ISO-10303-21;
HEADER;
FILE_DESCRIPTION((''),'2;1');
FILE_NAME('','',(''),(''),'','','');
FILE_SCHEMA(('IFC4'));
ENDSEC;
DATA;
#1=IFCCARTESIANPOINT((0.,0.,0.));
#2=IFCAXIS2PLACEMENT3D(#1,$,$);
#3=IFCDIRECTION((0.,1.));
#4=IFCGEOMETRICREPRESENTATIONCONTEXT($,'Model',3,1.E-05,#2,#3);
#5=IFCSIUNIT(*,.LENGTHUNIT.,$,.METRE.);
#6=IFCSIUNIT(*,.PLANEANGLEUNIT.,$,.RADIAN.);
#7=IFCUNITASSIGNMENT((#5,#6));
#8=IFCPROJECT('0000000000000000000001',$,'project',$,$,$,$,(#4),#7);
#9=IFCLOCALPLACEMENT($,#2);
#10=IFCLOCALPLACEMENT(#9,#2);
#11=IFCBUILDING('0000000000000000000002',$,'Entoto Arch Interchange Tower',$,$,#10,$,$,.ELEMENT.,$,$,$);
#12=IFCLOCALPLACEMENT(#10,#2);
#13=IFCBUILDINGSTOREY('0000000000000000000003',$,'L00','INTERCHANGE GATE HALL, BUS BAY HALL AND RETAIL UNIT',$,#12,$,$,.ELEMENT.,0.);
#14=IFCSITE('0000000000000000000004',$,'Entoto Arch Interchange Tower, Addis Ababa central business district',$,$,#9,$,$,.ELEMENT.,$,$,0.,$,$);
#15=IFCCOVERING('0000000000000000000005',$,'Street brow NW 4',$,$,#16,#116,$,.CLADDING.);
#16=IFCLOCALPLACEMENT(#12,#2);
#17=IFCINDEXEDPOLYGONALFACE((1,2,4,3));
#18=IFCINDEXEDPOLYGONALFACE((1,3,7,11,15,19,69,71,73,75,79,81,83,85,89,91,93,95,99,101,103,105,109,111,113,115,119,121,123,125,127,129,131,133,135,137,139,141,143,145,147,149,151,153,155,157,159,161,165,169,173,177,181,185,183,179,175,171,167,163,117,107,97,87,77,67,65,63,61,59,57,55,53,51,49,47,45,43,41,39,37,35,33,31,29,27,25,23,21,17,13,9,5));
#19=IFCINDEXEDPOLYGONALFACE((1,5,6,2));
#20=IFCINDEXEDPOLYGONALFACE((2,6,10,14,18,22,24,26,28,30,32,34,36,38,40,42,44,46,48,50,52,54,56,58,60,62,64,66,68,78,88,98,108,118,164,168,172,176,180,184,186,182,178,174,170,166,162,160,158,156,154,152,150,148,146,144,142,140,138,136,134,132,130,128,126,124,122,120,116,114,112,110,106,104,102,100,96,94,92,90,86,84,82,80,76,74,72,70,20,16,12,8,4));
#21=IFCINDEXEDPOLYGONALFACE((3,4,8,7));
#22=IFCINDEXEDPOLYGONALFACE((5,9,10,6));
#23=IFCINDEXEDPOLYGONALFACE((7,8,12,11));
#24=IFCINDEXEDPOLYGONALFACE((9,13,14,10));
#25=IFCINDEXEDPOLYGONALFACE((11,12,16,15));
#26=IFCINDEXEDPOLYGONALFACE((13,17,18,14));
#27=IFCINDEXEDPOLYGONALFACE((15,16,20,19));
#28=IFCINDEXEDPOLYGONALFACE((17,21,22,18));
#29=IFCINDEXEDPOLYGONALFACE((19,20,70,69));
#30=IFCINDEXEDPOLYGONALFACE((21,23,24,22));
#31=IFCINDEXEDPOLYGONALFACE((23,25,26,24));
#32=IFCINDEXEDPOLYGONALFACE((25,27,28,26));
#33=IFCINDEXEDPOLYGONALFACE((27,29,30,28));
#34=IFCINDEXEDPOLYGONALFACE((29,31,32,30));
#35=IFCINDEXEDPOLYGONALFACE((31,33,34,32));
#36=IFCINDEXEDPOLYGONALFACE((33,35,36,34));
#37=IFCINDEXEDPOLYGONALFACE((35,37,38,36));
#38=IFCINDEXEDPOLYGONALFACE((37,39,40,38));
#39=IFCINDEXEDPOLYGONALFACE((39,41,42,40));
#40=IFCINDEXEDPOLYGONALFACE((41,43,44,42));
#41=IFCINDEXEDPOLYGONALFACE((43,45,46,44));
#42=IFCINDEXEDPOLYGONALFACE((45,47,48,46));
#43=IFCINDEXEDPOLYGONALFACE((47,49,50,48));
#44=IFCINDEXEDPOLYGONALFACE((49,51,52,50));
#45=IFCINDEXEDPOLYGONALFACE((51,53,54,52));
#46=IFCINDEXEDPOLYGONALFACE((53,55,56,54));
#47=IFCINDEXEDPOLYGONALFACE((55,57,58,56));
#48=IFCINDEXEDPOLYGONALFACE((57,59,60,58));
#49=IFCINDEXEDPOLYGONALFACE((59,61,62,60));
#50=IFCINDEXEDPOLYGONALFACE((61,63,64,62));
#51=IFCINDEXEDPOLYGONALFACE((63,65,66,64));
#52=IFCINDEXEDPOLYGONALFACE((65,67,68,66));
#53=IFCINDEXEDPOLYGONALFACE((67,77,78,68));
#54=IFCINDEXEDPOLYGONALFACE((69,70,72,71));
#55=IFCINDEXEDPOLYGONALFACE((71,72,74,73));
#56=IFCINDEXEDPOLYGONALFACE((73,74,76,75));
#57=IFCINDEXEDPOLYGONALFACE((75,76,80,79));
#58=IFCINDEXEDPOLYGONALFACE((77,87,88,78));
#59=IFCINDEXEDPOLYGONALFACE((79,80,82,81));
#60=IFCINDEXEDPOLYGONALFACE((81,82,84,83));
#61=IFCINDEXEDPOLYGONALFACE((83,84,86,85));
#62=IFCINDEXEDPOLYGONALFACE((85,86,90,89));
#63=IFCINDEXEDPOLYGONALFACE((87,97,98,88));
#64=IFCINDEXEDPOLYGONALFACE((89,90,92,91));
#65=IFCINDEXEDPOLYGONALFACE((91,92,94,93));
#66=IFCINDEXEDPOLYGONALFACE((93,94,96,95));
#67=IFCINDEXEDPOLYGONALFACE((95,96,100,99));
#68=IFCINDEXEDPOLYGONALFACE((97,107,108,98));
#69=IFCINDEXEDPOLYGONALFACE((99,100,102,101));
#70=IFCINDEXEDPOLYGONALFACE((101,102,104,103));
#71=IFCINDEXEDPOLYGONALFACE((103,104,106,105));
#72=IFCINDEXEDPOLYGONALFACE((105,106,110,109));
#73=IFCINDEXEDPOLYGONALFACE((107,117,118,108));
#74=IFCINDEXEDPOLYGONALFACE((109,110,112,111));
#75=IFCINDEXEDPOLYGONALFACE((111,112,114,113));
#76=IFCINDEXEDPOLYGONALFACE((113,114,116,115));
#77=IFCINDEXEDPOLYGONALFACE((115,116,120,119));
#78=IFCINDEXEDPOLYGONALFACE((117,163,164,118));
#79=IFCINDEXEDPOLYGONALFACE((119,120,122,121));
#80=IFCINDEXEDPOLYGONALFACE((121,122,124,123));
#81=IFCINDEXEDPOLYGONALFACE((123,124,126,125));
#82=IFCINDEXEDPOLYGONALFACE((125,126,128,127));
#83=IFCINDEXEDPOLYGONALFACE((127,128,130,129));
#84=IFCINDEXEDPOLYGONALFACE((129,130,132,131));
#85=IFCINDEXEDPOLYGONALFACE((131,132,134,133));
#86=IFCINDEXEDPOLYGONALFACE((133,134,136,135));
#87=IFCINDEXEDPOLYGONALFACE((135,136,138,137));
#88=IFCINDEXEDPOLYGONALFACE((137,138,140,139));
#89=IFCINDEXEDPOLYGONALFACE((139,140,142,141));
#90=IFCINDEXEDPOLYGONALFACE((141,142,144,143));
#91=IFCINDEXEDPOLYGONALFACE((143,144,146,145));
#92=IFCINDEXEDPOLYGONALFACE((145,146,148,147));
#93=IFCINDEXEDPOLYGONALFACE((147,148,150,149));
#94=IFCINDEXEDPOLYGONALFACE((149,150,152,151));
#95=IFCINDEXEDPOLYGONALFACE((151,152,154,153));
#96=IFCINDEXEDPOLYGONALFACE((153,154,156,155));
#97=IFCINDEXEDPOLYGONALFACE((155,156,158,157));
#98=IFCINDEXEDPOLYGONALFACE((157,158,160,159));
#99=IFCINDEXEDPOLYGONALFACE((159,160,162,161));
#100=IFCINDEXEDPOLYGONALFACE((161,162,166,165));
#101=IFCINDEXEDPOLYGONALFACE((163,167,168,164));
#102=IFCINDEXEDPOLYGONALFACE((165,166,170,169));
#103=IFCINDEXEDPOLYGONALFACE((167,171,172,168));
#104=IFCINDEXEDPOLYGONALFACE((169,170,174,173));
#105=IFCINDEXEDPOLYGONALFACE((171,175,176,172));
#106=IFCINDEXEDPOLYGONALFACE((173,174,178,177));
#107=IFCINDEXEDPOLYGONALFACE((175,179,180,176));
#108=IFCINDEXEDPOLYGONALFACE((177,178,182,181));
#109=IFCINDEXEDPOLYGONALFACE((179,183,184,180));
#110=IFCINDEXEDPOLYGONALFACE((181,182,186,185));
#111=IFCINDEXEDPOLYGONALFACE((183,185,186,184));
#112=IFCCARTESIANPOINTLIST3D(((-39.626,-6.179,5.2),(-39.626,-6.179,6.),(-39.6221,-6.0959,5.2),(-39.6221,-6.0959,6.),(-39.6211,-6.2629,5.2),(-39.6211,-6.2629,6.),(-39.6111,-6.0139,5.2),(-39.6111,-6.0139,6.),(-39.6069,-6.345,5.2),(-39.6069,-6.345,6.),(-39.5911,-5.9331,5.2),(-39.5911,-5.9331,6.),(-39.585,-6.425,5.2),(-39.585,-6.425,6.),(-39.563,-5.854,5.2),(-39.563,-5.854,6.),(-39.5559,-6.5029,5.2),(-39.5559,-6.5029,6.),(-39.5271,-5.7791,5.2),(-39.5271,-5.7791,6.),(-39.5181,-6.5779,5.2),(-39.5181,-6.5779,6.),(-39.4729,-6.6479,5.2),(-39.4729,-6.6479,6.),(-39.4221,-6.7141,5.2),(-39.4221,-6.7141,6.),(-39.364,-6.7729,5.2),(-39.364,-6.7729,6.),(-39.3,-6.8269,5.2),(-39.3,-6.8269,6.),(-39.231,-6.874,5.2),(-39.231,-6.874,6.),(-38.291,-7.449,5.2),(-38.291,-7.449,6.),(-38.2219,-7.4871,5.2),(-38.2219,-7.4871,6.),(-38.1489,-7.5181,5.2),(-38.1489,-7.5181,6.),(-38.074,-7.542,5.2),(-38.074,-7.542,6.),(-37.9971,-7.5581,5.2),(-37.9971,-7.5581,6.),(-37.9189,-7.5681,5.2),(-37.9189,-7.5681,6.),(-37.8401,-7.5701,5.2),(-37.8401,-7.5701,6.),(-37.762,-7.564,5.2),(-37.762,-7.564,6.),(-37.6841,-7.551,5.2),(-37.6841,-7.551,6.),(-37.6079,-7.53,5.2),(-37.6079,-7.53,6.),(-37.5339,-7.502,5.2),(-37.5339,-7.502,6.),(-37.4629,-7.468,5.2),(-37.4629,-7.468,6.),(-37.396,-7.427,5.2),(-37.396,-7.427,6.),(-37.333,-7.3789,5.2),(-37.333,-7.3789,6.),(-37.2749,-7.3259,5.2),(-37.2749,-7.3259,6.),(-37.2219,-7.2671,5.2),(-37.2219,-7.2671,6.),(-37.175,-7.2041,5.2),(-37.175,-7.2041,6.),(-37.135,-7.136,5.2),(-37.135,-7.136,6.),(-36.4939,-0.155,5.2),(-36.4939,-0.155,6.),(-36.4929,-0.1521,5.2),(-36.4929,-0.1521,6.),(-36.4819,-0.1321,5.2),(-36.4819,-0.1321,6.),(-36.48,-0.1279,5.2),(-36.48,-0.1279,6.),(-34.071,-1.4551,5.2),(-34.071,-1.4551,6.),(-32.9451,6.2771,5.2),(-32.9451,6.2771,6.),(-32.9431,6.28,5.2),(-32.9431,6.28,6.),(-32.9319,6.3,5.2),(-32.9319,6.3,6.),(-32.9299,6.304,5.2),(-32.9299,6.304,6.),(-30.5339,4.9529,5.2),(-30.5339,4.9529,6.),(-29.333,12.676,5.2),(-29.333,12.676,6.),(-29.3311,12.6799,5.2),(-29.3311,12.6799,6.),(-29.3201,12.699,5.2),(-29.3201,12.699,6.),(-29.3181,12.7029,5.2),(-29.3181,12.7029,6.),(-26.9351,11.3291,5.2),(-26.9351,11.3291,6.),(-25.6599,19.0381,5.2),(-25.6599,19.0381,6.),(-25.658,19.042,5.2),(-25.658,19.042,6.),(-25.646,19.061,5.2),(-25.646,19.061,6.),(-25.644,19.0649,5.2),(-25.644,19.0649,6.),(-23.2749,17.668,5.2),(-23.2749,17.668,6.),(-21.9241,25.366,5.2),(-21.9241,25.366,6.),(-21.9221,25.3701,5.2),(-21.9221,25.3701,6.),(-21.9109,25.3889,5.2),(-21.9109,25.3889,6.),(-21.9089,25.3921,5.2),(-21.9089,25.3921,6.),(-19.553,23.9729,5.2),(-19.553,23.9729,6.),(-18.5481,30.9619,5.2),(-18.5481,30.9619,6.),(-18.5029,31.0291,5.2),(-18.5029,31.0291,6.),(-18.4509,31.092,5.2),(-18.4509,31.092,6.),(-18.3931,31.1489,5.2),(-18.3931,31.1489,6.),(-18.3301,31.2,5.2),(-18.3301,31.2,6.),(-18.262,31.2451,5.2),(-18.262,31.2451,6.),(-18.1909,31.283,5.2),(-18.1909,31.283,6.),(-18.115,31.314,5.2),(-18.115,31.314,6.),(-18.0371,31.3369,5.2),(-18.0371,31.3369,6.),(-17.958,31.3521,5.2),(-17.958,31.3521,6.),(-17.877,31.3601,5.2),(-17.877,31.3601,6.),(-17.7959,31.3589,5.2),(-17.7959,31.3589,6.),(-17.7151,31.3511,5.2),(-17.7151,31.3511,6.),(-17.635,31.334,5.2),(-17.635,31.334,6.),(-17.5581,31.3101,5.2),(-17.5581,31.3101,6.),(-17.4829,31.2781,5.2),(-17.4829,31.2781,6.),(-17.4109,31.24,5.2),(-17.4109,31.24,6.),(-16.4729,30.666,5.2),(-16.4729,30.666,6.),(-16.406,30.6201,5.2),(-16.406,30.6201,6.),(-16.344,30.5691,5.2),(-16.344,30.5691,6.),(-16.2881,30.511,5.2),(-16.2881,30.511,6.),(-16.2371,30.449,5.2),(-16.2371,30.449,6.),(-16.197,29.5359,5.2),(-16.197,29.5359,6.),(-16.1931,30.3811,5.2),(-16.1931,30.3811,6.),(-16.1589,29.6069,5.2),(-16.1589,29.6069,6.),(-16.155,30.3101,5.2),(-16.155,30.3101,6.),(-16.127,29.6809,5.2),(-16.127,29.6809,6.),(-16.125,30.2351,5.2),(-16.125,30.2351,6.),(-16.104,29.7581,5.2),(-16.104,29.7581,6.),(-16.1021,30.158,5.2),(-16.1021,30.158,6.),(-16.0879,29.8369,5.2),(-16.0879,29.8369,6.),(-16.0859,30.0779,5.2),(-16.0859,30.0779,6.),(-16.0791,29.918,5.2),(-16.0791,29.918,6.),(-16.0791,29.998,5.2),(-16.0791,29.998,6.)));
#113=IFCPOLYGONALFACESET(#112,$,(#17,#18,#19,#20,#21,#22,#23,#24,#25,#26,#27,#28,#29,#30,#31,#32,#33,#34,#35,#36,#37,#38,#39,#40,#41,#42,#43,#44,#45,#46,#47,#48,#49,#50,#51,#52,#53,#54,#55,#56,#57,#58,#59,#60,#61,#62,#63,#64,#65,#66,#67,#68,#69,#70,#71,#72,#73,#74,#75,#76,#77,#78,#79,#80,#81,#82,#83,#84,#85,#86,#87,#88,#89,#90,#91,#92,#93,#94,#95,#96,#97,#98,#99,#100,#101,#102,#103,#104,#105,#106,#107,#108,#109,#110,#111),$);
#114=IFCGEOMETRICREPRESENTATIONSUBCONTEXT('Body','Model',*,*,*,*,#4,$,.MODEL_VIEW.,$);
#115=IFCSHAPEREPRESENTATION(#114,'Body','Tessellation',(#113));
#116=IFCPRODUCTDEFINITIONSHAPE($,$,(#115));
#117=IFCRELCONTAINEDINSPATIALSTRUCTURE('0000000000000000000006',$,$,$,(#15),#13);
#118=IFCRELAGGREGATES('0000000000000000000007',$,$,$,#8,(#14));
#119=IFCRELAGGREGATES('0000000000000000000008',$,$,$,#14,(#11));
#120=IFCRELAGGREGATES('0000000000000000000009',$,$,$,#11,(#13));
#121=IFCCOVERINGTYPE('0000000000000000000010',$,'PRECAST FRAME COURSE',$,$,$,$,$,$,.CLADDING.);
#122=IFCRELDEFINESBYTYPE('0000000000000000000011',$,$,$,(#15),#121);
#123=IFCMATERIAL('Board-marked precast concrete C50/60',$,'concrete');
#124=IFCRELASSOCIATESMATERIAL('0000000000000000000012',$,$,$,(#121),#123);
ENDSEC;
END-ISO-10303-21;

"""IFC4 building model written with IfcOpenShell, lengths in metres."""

from ifc_helpers import new_model, si_unit, direction, frame, origin, place, context, subcontext, project, spatial, polyline, outline, extrude, material, type_object, element, save


model = new_model("IFC4")

# Units and contexts
model_context = context("Model", 3, precision=1e-05, world=origin(), true_north=direction((0.0, 1.0)))
body_context = subcontext(model_context, "Body", "Model", "MODEL_VIEW")
ifc_project = project(units=[si_unit("LENGTHUNIT", "METRE"), si_unit("PLANEANGLEUNIT", "RADIAN")], contexts=[model_context])

# Site, building, storey
site_placement = place(None, origin())
site = spatial("IfcSite", under=ifc_project, at=site_placement, Name="Entoto Arch Interchange Tower, Addis Ababa central business district", CompositionType="ELEMENT", RefElevation=0.0)
building_placement = place(site_placement, origin())
building = spatial("IfcBuilding", under=site, at=building_placement, Name="Entoto Arch Interchange Tower", CompositionType="ELEMENT")
storey_placement = place(building_placement, origin())
storey = spatial("IfcBuildingStorey", under=building, at=storey_placement, Name="L00", Description="INTERCHANGE GATE HALL, BUS BAY HALL AND RETAIL UNIT", CompositionType="ELEMENT", Elevation=0.0)

# Covering
ifc_material_1 = material(Name="Board-marked precast concrete C50/60", Category="concrete")
covering_type = type_object("IfcCoveringType", Name="PRECAST FRAME COURSE", PredefinedType="CLADDING", material=ifc_material_1)
covering_1_placement = place(storey_placement, frame((0.0, 0.0, 5.2)))
element("IfcCovering", 1, at=covering_1_placement, inside=storey, type_object=covering_type, Name="Street brow NW 4", PredefinedType="CLADDING", context=body_context, shape_type="SweptSolid", body=[
    extrude(outline(polyline([(-36.4939, -0.155), (-36.4929, -0.1521), (-36.4819, -0.1321), (-36.48, -0.1279), (-32.9451, 6.2771), (-32.9431, 6.28), (-32.9319, 6.3), (-32.9299, 6.304), (-29.333, 12.676), (-29.3311, 12.6799), (-29.3201, 12.699), (-29.3181, 12.7029), (-25.6599, 19.0381), (-25.658, 19.042), (-25.646, 19.061), (-25.644, 19.0649), (-21.9241, 25.366), (-21.9221, 25.3701), (-21.9109, 25.3889), (-21.9089, 25.3921), (-18.5481, 30.9619), (-18.5029, 31.0291), (-18.4509, 31.092), (-18.3931, 31.1489), (-18.3301, 31.2), (-18.262, 31.2451), (-18.1909, 31.283), (-18.115, 31.314), (-18.0371, 31.3369), (-17.958, 31.3521), (-17.877, 31.3601), (-17.7959, 31.3589), (-17.7151, 31.3511), (-17.635, 31.334), (-17.5581, 31.3101), (-17.4829, 31.2781), (-17.4109, 31.24), (-16.4729, 30.666), (-16.406, 30.6201), (-16.344, 30.5691), (-16.2881, 30.511), (-16.2371, 30.449), (-16.1931, 30.3811), (-16.155, 30.3101), (-16.125, 30.2351), (-16.1021, 30.158), (-16.0859, 30.0779), (-16.0791, 29.998), (-16.0791, 29.918), (-16.0879, 29.8369), (-16.104, 29.7581), (-16.127, 29.6809), (-16.1589, 29.6069), (-16.197, 29.5359), (-19.553, 23.9729), (-23.2749, 17.668), (-26.9351, 11.3291), (-30.5339, 4.9529), (-34.071, -1.4551), (-37.135, -7.136), (-37.175, -7.2041), (-37.2219, -7.2671), (-37.2749, -7.3259), (-37.333, -7.3789), (-37.396, -7.427), (-37.4629, -7.468), (-37.5339, -7.502), (-37.6079, -7.53), (-37.6841, -7.551), (-37.762, -7.564), (-37.8401, -7.5701), (-37.9189, -7.5681), (-37.9971, -7.5581), (-38.074, -7.542), (-38.1489, -7.5181), (-38.2219, -7.4871), (-38.291, -7.449), (-39.231, -6.874), (-39.3, -6.8269), (-39.364, -6.7729), (-39.4221, -6.7141), (-39.4729, -6.6479), (-39.5181, -6.5779), (-39.5559, -6.5029), (-39.585, -6.425), (-39.6069, -6.345), (-39.6211, -6.2629), (-39.626, -6.179), (-39.6221, -6.0959), (-39.6111, -6.0139), (-39.5911, -5.9331), (-39.563, -5.854), (-39.5271, -5.7791), (-36.4939, -0.155)])), origin(), (0.0, 0.0, 1.0), 0.8),
])

save(model, "model.ifc")
